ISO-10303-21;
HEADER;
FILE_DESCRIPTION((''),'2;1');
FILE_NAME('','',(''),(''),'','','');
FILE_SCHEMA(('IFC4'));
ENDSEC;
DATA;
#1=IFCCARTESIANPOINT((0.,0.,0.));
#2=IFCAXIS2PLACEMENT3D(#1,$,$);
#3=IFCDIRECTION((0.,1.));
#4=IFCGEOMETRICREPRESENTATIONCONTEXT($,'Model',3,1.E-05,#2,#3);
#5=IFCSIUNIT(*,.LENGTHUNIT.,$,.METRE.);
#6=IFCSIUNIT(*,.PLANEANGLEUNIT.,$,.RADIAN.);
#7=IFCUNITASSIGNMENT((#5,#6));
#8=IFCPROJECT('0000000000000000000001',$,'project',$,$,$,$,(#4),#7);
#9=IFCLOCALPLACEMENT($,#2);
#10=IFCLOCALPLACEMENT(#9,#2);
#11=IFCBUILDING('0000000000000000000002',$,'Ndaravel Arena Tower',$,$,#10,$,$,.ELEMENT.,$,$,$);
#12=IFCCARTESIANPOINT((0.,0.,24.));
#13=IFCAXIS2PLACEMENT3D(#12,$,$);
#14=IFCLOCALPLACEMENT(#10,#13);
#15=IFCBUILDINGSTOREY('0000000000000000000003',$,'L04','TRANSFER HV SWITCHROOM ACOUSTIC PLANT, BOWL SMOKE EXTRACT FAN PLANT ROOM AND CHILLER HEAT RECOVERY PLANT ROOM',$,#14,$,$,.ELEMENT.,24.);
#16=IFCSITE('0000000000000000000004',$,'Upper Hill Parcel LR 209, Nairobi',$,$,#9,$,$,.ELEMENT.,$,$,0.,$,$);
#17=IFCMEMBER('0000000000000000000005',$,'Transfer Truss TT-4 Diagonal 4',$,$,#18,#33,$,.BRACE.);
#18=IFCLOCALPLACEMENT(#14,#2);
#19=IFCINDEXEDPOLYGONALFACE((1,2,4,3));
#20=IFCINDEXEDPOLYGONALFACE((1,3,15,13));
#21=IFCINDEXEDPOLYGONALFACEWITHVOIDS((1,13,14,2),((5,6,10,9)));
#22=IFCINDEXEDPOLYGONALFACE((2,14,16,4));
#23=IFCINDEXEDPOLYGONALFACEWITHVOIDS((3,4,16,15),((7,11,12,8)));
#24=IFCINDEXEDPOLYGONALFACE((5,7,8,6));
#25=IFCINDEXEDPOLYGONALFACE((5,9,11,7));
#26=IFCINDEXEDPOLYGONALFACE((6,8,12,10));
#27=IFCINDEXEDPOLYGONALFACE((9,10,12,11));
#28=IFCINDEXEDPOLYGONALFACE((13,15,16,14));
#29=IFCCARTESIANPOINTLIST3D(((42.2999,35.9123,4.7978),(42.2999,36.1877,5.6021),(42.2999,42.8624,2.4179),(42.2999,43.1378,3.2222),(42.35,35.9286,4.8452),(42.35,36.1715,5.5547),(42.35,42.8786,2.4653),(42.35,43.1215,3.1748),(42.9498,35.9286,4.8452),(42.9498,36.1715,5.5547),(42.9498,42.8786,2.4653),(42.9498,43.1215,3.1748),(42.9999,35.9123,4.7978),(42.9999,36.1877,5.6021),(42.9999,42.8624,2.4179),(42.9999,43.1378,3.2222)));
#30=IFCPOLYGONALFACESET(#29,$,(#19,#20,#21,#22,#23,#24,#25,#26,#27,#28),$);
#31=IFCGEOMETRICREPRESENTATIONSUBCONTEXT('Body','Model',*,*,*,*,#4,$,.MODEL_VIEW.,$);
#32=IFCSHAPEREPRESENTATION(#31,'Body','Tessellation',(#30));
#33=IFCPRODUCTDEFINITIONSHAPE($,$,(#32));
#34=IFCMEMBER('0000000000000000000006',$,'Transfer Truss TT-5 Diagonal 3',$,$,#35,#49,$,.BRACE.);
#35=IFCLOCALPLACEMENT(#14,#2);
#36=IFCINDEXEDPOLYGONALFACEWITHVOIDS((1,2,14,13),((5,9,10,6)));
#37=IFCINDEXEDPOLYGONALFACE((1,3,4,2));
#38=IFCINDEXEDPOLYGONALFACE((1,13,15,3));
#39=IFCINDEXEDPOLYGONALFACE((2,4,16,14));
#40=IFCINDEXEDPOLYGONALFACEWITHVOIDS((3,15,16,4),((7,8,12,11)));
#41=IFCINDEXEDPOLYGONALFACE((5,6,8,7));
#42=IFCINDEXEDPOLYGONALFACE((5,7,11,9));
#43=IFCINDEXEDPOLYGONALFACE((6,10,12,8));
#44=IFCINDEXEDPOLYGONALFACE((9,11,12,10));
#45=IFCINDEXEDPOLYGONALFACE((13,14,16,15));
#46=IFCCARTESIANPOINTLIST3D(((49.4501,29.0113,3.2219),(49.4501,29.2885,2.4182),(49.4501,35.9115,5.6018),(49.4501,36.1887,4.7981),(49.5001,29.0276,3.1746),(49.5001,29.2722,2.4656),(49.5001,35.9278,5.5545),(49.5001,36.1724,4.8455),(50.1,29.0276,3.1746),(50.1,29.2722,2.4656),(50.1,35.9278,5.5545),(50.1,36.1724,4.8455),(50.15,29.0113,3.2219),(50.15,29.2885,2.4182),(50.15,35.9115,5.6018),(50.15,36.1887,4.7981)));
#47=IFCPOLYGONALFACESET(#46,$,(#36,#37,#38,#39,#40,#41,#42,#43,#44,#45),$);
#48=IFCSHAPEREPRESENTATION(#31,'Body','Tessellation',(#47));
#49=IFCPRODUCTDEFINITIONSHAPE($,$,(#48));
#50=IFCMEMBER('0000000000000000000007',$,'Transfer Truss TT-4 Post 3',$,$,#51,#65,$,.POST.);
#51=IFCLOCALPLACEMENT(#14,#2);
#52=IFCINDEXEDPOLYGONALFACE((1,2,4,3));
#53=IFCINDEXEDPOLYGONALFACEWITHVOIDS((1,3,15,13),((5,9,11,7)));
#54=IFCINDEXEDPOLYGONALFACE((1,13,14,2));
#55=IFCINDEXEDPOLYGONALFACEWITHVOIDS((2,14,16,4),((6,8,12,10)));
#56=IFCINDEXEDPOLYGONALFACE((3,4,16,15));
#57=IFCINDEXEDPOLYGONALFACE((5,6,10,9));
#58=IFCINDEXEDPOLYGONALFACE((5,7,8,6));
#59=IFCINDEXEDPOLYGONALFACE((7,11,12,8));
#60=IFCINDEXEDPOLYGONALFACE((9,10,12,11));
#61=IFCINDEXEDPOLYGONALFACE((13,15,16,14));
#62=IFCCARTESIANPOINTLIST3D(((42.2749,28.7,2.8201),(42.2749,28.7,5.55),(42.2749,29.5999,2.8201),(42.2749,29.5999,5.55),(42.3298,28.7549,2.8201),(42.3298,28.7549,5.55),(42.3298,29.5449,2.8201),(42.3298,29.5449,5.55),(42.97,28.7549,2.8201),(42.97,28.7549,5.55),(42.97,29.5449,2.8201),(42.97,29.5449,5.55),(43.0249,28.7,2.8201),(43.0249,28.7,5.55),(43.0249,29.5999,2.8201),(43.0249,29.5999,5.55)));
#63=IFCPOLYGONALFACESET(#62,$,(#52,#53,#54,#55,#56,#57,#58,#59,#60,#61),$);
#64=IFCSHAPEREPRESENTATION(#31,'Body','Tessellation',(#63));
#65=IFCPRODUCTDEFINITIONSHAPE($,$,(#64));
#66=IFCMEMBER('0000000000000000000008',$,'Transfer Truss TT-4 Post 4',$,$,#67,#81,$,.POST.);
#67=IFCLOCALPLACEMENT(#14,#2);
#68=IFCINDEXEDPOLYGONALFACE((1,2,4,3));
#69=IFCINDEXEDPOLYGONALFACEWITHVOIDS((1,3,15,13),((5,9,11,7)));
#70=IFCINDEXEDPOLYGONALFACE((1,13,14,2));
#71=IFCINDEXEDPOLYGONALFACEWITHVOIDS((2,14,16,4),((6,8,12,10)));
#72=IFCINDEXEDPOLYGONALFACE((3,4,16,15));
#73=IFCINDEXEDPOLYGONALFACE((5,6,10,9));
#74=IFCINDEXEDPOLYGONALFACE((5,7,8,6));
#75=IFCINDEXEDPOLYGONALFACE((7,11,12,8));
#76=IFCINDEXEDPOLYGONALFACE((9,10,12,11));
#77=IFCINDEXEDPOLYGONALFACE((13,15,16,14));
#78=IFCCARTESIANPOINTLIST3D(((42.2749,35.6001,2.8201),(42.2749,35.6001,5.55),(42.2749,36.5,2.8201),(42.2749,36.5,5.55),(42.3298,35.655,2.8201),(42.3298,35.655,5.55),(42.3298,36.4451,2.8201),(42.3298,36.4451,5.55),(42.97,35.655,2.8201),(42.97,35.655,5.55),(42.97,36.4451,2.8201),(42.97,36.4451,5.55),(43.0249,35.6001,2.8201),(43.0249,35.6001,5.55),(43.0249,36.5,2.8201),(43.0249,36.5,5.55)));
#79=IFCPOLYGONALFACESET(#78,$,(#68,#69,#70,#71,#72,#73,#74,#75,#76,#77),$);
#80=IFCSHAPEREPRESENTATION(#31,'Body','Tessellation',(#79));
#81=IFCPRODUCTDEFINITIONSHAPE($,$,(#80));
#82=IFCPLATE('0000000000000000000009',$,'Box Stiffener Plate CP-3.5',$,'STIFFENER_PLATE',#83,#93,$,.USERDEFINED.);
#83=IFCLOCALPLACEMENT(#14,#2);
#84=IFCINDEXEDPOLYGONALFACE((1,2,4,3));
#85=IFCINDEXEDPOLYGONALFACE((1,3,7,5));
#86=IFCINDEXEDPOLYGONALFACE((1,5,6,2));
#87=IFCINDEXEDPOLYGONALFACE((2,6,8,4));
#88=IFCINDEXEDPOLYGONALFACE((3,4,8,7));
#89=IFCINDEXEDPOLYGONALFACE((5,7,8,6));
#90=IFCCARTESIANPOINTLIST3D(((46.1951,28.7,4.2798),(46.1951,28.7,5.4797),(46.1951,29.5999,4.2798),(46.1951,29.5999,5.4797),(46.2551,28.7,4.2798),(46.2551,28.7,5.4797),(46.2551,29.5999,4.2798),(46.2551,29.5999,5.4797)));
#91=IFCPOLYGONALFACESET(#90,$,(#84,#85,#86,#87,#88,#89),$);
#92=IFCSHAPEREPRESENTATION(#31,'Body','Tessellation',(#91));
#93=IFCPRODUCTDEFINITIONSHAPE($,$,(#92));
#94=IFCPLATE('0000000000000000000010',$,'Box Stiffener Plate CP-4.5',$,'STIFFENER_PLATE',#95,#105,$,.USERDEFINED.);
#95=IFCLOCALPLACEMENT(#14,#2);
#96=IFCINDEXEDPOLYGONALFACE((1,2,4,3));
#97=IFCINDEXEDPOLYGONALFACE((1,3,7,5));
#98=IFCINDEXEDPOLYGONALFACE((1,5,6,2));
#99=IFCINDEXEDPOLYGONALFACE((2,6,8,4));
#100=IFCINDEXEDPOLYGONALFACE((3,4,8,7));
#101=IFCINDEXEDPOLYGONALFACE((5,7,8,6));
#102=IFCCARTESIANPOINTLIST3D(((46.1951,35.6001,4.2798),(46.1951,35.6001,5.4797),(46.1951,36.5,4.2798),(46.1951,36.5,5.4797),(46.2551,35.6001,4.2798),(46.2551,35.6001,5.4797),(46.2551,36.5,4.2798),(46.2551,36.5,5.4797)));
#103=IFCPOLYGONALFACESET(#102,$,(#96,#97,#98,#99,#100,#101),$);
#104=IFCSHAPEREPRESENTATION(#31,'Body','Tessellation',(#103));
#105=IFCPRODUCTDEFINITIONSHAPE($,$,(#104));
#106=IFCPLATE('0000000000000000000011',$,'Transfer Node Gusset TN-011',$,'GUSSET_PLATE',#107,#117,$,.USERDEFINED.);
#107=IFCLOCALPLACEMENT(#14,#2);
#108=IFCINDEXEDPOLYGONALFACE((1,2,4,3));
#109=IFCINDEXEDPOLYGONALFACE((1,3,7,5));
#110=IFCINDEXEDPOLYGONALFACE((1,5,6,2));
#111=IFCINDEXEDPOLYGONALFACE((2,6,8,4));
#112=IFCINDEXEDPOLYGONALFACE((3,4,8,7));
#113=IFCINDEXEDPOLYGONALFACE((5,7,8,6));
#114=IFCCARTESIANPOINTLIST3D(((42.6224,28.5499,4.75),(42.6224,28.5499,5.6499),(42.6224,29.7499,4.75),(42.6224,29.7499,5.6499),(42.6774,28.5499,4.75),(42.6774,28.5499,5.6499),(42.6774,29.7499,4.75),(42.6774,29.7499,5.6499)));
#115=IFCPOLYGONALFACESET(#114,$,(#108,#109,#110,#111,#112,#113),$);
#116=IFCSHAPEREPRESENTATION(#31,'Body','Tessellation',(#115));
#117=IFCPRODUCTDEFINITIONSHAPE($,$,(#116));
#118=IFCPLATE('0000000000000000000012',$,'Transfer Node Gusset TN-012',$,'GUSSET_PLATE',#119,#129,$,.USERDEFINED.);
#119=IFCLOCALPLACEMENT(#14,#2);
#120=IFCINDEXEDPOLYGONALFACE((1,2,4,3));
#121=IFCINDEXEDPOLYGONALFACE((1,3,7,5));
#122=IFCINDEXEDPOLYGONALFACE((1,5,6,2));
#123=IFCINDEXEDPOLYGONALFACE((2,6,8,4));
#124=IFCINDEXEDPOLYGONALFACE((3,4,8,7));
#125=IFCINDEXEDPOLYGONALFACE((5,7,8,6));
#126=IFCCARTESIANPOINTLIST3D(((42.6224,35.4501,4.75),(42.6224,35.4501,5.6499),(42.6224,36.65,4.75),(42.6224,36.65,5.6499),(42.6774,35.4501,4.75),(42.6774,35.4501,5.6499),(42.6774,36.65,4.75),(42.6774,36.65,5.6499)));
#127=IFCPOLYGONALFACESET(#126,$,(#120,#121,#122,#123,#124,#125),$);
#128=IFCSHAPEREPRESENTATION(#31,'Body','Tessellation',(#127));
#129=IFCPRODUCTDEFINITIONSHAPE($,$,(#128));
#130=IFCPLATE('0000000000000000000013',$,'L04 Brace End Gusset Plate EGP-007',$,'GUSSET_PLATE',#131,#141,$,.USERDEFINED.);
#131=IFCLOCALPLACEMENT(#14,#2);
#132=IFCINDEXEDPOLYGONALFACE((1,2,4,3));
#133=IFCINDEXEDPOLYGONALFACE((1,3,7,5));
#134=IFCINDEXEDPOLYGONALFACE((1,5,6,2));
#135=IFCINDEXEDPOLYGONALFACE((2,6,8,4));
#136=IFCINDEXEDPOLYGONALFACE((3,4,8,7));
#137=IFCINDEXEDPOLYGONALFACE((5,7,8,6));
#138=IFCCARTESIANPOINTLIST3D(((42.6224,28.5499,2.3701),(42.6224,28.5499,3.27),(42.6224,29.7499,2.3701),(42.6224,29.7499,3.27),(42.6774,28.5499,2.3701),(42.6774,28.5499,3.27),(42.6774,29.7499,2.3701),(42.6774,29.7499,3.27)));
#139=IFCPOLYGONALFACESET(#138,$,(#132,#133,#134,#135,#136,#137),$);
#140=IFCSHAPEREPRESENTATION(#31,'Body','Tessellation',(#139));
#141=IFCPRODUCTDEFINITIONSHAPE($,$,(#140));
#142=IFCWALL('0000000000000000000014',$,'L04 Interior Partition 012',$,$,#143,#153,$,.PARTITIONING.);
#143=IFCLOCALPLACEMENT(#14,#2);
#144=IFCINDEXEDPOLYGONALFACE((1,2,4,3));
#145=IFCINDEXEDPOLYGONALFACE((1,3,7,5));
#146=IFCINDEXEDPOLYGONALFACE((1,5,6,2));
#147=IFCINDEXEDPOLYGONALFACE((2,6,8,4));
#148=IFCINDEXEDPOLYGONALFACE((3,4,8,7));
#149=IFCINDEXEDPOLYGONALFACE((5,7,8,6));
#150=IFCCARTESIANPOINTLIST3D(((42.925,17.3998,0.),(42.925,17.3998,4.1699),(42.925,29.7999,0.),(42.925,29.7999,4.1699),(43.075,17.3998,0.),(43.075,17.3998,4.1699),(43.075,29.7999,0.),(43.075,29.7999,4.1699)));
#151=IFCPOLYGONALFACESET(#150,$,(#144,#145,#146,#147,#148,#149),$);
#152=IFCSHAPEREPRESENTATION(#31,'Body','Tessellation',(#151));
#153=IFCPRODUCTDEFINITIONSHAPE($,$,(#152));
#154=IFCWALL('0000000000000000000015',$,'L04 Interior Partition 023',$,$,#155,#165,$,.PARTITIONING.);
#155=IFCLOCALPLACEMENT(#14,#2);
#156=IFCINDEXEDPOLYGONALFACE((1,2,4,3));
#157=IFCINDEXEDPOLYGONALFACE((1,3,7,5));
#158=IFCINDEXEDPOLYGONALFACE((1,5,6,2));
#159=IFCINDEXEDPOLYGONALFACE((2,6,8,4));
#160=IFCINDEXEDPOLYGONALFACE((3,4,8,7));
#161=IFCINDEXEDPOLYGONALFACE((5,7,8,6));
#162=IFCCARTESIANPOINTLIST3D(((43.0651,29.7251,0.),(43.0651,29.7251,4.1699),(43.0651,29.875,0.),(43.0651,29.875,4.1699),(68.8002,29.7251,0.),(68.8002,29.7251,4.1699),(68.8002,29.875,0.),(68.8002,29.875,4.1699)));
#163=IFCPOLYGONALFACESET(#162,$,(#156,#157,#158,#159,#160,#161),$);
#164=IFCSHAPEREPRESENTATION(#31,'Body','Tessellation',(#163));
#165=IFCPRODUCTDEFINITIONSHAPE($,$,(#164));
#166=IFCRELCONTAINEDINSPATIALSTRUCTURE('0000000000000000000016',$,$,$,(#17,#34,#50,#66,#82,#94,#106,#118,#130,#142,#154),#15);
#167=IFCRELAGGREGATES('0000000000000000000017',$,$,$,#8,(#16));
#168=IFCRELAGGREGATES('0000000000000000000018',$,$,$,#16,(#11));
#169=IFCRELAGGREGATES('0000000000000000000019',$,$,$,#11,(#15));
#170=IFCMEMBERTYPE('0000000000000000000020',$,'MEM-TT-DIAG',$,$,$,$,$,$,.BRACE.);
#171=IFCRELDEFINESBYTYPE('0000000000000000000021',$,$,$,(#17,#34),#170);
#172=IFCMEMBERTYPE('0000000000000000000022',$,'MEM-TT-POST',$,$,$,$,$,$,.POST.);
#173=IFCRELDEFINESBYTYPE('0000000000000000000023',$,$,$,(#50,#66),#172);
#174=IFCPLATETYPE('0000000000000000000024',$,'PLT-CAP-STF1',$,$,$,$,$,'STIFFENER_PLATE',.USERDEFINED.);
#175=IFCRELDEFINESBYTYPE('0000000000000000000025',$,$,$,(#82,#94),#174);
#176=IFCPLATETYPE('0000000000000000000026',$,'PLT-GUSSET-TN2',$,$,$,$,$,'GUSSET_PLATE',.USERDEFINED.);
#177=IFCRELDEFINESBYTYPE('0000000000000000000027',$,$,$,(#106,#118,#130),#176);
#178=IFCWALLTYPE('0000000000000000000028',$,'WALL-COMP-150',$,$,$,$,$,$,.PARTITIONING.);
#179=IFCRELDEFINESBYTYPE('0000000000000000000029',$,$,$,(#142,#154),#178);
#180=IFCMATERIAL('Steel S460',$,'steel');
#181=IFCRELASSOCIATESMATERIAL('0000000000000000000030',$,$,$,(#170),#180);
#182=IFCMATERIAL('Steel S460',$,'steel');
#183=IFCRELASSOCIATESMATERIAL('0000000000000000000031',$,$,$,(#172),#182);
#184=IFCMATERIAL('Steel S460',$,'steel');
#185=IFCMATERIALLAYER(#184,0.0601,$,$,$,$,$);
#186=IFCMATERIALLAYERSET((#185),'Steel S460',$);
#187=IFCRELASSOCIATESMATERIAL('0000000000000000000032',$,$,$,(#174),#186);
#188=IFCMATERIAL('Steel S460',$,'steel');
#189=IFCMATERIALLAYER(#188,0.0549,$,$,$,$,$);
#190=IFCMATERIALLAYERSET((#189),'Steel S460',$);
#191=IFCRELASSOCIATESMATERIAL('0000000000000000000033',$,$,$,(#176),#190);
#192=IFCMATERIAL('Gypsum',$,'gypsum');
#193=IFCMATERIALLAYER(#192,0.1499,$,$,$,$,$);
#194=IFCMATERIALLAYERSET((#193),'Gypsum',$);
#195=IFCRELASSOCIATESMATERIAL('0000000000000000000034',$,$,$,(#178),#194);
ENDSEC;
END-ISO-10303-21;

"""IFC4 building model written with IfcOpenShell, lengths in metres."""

from ifc_helpers import new_model, si_unit, direction, frame, frame_2d, origin, origin_2d, place, context, subcontext, project, spatial, rectangle, hollow_rectangle, extrude, material, layer, layer_set, material_profile, profile_set, type_object, element, save


model = new_model("IFC4")

# Units and contexts
model_context = context("Model", 3, precision=1e-05, world=origin(), true_north=direction((0.0, 1.0)))
body_context = subcontext(model_context, "Body", "Model", "MODEL_VIEW")
ifc_project = project(units=[si_unit("LENGTHUNIT", "METRE"), si_unit("PLANEANGLEUNIT", "RADIAN")], contexts=[model_context])

# Site, building, storey
site_placement = place(None, origin())
site = spatial("IfcSite", under=ifc_project, at=site_placement, Name="Upper Hill Parcel LR 209, Nairobi", CompositionType="ELEMENT", RefElevation=0.0)
building_placement = place(site_placement, origin())
building = spatial("IfcBuilding", under=site, at=building_placement, Name="Ndaravel Arena Tower", CompositionType="ELEMENT")
storey_placement = place(building_placement, frame((0.0, 0.0, 24.0)))
storey = spatial("IfcBuildingStorey", under=building, at=storey_placement, Name="L04", Description="TRANSFER HV SWITCHROOM ACOUSTIC PLANT, BOWL SMOKE EXTRACT FAN PLANT ROOM AND CHILLER HEAT RECOVERY PLANT ROOM", CompositionType="ELEMENT", Elevation=24.0)

# Members
ifc_material_1 = material(Name="Steel S460", Category="steel")
ifc_material_profile_1 = material_profile(ifc_material_1, hollow_rectangle(XDim=0.7, YDim=0.8501, WallThickness=0.05, at=origin_2d()), Name="BOX 850x700x50")
ifc_profile_set_1 = profile_set([ifc_material_profile_1], Name="Steel S460")
member_type_1 = type_object("IfcMemberType", Name="MEM-TT-DIAG", PredefinedType="BRACE", material=ifc_profile_set_1)
member_1_placement = place(storey_placement, frame((42.6499, 36.05, 5.2), z_axis=(0.0, 0.946069, -0.323964), x_axis=(-1.0, 0.0, 0.0)))
element("IfcMember", 1, at=member_1_placement, inside=storey, type_object=member_type_1, Name="Transfer Truss TT-4 Diagonal 4", PredefinedType="BRACE", context=body_context, shape_type="SweptSolid", body=[
    extrude(hollow_rectangle(XDim=0.7, YDim=0.8501, WallThickness=0.05, at=origin_2d()), origin(), (0.0, 0.0, 1.0), 7.3462),
])
member_2_placement = place(storey_placement, frame((49.8, 29.1499, 2.8201), z_axis=(0.0, 0.945351, 0.326055), x_axis=(-1.0, 0.0, 0.0)))
element("IfcMember", 2, at=member_2_placement, inside=storey, type_object=member_type_1, Name="Transfer Truss TT-5 Diagonal 3", PredefinedType="BRACE", context=body_context, shape_type="SweptSolid", body=[
    extrude(hollow_rectangle(XDim=0.7, YDim=0.8501, WallThickness=0.05, at=origin_2d()), origin(), (0.0, 0.0, 1.0), 7.2991),
])
ifc_material_2 = material(Name="Steel S460", Category="steel")
ifc_material_profile_2 = material_profile(ifc_material_2, hollow_rectangle(XDim=0.75, YDim=0.8999, WallThickness=0.0549, at=origin_2d()), Name="BOX 900x750x55")
ifc_profile_set_2 = profile_set([ifc_material_profile_2], Name="Steel S460")
member_type_2 = type_object("IfcMemberType", Name="MEM-TT-POST", PredefinedType="POST", material=ifc_profile_set_2)
for number, where, z_axis, x_axis, name in (
    (3, (42.6499, 29.1499, 2.8201), (0.0, 0.0, 1.0), (1.0, 0.0, 0.0), "Transfer Truss TT-4 Post 3"),
    (4, (42.6499, 36.05, 2.8201), (0.0, 0.0, 1.0), (1.0, 0.0, 0.0), "Transfer Truss TT-4 Post 4"),
):
    element("IfcMember", number, at=place(storey_placement, frame(where, z_axis=z_axis, x_axis=x_axis)), inside=storey, type_object=member_type_2, Name=name, PredefinedType="POST", context=body_context, shape_type="SweptSolid", body=[
        extrude(hollow_rectangle(XDim=0.75, YDim=0.8999, WallThickness=0.0549, at=origin_2d()), origin(), (0.0, 0.0, 1.0), 2.73),
    ])

# Plates
ifc_material_3 = material(Name="Steel S460", Category="steel")
ifc_layer_1 = layer(ifc_material_3, 0.0601)
ifc_layer_set_1 = layer_set([ifc_layer_1], Name="Steel S460")
plate_type_1 = type_object("IfcPlateType", Name="PLT-CAP-STF1", ElementType="STIFFENER_PLATE", PredefinedType="USERDEFINED", material=ifc_layer_set_1)
for number, where, z_axis, x_axis, name in (
    (5, (46.2251, 29.1499, 4.2798), (0.0, 0.0, 1.0), (1.0, 0.0, 0.0), "Box Stiffener Plate CP-3.5"),
    (6, (46.2251, 36.05, 4.2798), (0.0, 0.0, 1.0), (1.0, 0.0, 0.0), "Box Stiffener Plate CP-4.5"),
):
    element("IfcPlate", number, at=place(storey_placement, frame(where, z_axis=z_axis, x_axis=x_axis)), inside=storey, type_object=plate_type_1, Name=name, ObjectType="STIFFENER_PLATE", PredefinedType="USERDEFINED", context=body_context, shape_type="SweptSolid", body=[
        extrude(rectangle(XDim=0.0601, YDim=0.8999, at=origin_2d()), origin(), (0.0, 0.0, 1.0), 1.2),
    ])
ifc_material_4 = material(Name="Steel S460", Category="steel")
ifc_layer_2 = layer(ifc_material_4, 0.0549)
ifc_layer_set_2 = layer_set([ifc_layer_2], Name="Steel S460")
plate_type_2 = type_object("IfcPlateType", Name="PLT-GUSSET-TN2", ElementType="GUSSET_PLATE", PredefinedType="USERDEFINED", material=ifc_layer_set_2)
for number, where, z_axis, x_axis, name in (
    (7, (42.6499, 29.1499, 4.75), (0.0, 0.0, 1.0), (1.0, 0.0, 0.0), "Transfer Node Gusset TN-011"),
    (8, (42.6499, 36.05, 4.75), (0.0, 0.0, 1.0), (1.0, 0.0, 0.0), "Transfer Node Gusset TN-012"),
    (9, (42.6499, 29.1499, 2.3701), (0.0, 0.0, 1.0), (1.0, 0.0, 0.0), "L04 Brace End Gusset Plate EGP-007"),
):
    element("IfcPlate", number, at=place(storey_placement, frame(where, z_axis=z_axis, x_axis=x_axis)), inside=storey, type_object=plate_type_2, Name=name, ObjectType="GUSSET_PLATE", PredefinedType="USERDEFINED", context=body_context, shape_type="SweptSolid", body=[
        extrude(rectangle(XDim=0.0549, YDim=1.2, at=origin_2d()), origin(), (0.0, 0.0, 1.0), 0.8999),
    ])

# Walls
ifc_material_5 = material(Name="Gypsum", Category="gypsum")
ifc_layer_3 = layer(ifc_material_5, 0.1499)
ifc_layer_set_3 = layer_set([ifc_layer_3], Name="Gypsum")
wall_type = type_object("IfcWallType", Name="WALL-COMP-150", PredefinedType="PARTITIONING", material=ifc_layer_set_3)
wall_1_placement = place(storey_placement, frame((43.0, 29.8, 0.0), z_axis=(0.0, 0.0, 1.0), x_axis=(0.0, -1.0, 0.0)))
element("IfcWall", 10, at=wall_1_placement, inside=storey, type_object=wall_type, Name="L04 Interior Partition 012", PredefinedType="PARTITIONING", context=body_context, shape_type="SweptSolid", body=[
    extrude(rectangle(XDim=12.4001, YDim=0.1499, at=frame_2d((6.2002, 0.0))), origin(), (0.0, 0.0, 1.0), 4.1699),
])
wall_2_placement = place(storey_placement, frame((43.0649, 29.8, 0.0), z_axis=(0.0, 0.0, 1.0), x_axis=(1.0, 0.0, 0.0)))
element("IfcWall", 11, at=wall_2_placement, inside=storey, type_object=wall_type, Name="L04 Interior Partition 023", PredefinedType="PARTITIONING", context=body_context, shape_type="SweptSolid", body=[
    extrude(rectangle(XDim=25.7351, YDim=0.1499, at=frame_2d((12.8677, 0.0))), origin(), (0.0, 0.0, 1.0), 4.1699),
])

save(model, "model.ifc")
